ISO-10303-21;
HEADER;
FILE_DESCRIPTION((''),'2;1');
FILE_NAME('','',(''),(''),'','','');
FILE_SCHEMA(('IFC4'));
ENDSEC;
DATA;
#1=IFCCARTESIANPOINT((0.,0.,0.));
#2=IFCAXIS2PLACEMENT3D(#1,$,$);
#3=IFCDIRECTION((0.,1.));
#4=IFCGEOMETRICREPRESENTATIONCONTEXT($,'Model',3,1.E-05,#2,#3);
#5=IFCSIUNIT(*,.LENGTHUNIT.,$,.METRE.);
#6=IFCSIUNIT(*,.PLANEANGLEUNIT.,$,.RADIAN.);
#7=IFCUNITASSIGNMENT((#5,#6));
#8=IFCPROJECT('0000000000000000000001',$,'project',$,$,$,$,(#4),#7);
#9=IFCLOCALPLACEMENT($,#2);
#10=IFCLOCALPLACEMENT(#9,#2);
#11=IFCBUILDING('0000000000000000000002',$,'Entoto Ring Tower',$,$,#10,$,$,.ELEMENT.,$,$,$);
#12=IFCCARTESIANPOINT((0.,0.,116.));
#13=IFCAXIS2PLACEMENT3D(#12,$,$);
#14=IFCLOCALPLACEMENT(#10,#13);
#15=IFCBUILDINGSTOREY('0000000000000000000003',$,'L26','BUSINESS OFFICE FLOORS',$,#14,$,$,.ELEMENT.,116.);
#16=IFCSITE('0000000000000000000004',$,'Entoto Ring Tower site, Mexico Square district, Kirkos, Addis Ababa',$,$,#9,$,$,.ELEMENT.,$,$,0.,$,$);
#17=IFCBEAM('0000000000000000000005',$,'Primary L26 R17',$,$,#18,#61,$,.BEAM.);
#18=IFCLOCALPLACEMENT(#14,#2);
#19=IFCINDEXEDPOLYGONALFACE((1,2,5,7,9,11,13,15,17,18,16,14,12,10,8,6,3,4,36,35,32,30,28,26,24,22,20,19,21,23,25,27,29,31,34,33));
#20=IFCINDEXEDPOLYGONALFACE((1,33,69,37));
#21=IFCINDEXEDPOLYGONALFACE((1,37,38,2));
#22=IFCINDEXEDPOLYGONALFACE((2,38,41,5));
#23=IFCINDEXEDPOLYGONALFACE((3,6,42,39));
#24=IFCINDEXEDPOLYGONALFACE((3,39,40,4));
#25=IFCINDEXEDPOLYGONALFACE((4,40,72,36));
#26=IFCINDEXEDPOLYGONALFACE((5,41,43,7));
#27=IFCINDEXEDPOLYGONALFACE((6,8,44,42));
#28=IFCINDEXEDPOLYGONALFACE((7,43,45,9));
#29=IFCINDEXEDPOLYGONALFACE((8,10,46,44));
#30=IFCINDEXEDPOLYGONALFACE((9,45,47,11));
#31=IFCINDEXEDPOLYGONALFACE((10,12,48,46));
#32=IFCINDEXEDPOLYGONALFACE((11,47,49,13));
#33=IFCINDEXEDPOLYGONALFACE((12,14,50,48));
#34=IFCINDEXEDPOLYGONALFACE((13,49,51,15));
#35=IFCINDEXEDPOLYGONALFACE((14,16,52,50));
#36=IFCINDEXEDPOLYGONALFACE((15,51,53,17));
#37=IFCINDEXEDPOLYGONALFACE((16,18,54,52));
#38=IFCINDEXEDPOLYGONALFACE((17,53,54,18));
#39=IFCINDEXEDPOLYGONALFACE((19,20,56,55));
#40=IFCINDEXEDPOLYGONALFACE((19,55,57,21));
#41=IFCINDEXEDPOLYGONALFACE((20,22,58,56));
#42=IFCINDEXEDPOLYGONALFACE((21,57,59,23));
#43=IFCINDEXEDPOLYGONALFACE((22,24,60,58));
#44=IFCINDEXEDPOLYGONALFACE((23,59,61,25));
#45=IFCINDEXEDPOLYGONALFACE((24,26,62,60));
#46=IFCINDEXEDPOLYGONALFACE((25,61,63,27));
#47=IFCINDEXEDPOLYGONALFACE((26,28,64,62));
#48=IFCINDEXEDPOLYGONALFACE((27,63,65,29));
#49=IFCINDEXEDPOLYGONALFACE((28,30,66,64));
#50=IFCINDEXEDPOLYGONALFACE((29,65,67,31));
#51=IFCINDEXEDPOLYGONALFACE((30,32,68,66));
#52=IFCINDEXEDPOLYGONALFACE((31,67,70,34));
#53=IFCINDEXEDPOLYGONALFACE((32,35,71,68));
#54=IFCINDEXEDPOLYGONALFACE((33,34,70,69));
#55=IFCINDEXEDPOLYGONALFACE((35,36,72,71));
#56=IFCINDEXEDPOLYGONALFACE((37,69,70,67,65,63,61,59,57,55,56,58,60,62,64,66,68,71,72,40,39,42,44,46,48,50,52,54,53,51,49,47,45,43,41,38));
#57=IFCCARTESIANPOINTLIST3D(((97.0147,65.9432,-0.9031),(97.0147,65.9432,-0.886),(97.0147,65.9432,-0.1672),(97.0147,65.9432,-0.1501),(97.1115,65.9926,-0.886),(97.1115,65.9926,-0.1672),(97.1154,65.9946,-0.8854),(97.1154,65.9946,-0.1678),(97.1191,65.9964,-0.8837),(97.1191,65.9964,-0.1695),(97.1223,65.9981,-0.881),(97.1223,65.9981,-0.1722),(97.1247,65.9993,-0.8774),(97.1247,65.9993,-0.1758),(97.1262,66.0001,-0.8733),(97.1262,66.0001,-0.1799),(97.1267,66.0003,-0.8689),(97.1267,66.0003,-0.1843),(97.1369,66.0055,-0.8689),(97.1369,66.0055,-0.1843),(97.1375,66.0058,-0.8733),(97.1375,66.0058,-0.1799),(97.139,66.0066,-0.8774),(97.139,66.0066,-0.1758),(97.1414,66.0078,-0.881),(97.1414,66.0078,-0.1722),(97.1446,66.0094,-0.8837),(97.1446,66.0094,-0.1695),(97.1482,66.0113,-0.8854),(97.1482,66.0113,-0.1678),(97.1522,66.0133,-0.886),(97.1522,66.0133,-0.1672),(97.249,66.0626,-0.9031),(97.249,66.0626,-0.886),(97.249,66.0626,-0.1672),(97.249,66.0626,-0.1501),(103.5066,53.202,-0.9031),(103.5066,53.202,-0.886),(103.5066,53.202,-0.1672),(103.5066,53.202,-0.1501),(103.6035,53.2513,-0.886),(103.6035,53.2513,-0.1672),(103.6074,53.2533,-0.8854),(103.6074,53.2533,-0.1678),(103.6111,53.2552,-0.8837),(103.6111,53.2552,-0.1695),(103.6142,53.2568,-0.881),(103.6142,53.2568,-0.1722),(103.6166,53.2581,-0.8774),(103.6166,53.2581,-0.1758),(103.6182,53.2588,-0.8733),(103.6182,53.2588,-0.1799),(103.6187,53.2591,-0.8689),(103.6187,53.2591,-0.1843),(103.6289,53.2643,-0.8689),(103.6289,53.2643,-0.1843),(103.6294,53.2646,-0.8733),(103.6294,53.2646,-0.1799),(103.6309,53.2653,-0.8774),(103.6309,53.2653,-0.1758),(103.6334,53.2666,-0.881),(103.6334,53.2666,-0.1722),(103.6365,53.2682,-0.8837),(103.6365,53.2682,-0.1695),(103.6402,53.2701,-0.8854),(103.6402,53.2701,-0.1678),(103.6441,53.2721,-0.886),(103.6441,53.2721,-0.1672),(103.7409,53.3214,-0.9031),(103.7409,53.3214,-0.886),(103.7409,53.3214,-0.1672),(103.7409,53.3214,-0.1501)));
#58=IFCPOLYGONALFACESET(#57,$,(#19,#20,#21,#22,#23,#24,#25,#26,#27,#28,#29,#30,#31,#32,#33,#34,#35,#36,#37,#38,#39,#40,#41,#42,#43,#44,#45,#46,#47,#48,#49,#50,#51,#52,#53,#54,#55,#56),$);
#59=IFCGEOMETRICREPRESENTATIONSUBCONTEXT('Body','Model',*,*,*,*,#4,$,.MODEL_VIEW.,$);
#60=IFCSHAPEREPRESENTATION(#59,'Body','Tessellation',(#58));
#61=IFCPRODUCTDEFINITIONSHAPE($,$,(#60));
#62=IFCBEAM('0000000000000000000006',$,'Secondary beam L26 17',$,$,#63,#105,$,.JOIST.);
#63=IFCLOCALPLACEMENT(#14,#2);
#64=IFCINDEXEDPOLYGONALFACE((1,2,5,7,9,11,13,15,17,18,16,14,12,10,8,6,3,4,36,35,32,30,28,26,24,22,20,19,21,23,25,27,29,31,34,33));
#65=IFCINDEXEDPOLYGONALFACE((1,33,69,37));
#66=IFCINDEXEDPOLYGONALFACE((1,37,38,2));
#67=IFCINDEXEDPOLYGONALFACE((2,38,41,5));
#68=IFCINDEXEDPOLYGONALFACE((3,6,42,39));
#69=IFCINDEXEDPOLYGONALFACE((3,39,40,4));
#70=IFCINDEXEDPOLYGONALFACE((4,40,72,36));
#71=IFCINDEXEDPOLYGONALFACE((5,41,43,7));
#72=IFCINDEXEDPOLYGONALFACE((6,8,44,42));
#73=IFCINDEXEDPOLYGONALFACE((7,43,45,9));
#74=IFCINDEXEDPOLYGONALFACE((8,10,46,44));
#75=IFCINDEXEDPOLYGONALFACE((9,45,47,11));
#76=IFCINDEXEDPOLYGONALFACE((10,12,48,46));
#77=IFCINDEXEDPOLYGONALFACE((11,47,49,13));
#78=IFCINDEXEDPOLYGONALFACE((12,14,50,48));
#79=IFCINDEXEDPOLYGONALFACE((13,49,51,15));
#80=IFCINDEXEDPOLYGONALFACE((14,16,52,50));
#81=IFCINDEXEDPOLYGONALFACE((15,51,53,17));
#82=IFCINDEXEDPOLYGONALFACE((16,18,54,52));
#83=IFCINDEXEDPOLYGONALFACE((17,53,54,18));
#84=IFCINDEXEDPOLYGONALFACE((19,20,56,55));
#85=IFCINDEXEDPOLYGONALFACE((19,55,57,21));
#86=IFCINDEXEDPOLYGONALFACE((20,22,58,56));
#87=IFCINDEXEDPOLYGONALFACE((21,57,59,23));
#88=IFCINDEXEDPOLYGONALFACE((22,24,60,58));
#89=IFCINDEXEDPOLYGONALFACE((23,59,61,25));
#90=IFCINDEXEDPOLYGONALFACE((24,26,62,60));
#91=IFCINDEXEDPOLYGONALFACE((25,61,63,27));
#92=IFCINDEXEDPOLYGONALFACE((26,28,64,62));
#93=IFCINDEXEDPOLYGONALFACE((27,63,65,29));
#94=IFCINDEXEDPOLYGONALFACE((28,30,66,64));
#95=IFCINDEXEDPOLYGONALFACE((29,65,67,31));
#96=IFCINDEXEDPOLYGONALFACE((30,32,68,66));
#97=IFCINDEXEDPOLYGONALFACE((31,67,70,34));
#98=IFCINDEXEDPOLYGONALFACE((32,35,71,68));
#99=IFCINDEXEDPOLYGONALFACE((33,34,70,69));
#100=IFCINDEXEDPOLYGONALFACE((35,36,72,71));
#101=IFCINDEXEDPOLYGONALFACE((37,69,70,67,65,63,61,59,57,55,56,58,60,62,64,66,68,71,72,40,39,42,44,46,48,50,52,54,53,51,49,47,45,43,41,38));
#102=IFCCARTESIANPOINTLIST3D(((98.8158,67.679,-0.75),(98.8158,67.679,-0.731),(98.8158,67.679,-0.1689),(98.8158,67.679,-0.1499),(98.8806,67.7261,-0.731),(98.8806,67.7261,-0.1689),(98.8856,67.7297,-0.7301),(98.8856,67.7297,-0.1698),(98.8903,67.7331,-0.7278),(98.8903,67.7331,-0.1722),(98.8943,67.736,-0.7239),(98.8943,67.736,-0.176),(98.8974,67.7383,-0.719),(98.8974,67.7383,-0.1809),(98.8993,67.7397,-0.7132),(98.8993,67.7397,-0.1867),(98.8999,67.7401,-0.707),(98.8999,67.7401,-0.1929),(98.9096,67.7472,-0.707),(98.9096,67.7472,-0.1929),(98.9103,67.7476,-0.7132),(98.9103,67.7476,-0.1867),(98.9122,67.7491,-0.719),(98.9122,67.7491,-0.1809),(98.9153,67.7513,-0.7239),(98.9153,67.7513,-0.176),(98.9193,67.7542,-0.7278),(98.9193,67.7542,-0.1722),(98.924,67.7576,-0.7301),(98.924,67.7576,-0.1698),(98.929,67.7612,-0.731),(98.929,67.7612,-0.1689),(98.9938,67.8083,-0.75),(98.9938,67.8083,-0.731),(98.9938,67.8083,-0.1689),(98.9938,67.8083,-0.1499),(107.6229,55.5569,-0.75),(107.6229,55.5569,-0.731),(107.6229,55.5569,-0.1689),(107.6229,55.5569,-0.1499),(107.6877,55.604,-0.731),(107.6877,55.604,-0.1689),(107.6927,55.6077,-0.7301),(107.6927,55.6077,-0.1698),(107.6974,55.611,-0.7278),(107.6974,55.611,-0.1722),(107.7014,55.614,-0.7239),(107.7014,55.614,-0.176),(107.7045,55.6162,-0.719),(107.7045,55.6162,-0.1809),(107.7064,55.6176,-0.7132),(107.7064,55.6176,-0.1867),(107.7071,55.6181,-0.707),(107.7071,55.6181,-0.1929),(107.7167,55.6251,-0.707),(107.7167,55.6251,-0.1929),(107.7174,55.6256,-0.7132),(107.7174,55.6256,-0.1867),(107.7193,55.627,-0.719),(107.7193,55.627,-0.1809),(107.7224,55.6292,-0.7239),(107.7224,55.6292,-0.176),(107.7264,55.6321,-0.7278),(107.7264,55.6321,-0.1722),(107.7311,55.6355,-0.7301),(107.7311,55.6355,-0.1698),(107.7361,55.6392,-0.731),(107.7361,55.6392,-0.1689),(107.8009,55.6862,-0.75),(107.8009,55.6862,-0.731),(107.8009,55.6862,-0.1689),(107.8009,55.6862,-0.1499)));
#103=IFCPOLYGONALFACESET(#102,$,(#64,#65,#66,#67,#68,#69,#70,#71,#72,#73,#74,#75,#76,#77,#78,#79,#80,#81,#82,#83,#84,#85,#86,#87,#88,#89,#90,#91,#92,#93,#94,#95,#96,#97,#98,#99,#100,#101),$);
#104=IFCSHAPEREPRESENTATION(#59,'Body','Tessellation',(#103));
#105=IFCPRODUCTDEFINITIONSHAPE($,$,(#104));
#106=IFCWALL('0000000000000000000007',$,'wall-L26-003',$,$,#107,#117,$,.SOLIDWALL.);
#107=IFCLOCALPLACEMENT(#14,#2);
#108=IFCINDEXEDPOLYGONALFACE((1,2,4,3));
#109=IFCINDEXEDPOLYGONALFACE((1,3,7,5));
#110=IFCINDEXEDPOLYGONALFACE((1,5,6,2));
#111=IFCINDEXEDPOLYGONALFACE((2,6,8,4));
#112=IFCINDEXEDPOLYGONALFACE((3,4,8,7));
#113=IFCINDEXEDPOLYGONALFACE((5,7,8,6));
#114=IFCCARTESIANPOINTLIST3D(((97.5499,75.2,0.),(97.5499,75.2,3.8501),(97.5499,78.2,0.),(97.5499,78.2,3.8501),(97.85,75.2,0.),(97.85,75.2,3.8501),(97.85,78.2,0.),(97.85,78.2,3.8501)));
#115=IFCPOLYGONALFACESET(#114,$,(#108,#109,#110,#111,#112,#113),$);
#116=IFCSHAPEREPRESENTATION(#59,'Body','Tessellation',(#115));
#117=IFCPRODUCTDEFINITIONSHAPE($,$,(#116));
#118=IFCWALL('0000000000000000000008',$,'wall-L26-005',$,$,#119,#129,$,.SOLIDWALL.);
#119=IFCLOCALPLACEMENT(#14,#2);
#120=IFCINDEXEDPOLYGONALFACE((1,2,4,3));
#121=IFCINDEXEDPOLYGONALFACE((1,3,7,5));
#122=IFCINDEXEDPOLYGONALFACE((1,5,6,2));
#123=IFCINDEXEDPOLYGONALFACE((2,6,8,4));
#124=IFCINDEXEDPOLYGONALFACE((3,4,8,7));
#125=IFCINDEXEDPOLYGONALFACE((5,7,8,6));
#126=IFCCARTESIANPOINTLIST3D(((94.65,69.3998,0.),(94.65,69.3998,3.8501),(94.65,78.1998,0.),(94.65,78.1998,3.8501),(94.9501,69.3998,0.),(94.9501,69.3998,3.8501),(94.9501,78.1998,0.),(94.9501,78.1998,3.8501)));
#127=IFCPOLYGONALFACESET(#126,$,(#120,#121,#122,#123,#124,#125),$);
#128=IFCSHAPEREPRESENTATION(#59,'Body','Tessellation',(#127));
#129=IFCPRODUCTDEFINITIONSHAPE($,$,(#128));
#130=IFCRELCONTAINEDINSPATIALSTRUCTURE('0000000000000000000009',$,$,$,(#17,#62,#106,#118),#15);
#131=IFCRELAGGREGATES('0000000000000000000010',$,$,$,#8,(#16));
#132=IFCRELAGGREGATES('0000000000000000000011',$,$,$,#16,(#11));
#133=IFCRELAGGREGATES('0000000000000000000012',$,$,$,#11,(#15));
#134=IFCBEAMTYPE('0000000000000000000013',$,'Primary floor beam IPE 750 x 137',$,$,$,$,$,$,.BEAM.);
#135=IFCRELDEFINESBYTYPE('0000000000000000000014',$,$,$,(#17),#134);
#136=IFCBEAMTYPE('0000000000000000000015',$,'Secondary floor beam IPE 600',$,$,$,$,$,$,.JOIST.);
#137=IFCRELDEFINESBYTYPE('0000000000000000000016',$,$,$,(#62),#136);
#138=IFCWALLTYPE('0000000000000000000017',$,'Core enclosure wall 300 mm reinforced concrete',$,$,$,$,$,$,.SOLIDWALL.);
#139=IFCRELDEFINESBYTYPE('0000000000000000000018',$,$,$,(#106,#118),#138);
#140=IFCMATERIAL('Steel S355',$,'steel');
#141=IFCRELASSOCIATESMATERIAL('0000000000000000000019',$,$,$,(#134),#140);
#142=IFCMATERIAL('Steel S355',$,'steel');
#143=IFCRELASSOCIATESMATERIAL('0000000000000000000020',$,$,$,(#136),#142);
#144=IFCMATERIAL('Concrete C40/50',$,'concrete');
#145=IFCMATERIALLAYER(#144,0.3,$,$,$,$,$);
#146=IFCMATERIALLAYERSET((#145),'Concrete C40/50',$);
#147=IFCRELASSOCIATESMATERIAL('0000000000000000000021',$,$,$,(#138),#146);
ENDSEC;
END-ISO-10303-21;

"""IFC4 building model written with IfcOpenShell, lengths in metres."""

from ifc_helpers import new_model, si_unit, direction, frame, frame_2d, origin, origin_2d, place, context, subcontext, project, spatial, rectangle, i_section, extrude, material, layer, layer_set, material_profile, profile_set, type_object, element, save


model = new_model("IFC4")

# Units and contexts
model_context = context("Model", 3, precision=1e-05, world=origin(), true_north=direction((0.0, 1.0)))
body_context = subcontext(model_context, "Body", "Model", "MODEL_VIEW")
ifc_project = project(units=[si_unit("LENGTHUNIT", "METRE"), si_unit("PLANEANGLEUNIT", "RADIAN")], contexts=[model_context])

# Site, building, storey
site_placement = place(None, origin())
site = spatial("IfcSite", under=ifc_project, at=site_placement, Name="Entoto Ring Tower site, Mexico Square district, Kirkos, Addis Ababa", CompositionType="ELEMENT", RefElevation=0.0)
building_placement = place(site_placement, origin())
building = spatial("IfcBuilding", under=site, at=building_placement, Name="Entoto Ring Tower", CompositionType="ELEMENT")
storey_placement = place(building_placement, frame((0.0, 0.0, 116.0)))
storey = spatial("IfcBuildingStorey", under=building, at=storey_placement, Name="L26", Description="BUSINESS OFFICE FLOORS", CompositionType="ELEMENT", Elevation=116.0)

# Beams
ifc_material_1 = material(Name="Steel S355", Category="steel")
ifc_material_profile_1 = material_profile(ifc_material_1, i_section(OverallWidth=0.2629, OverallDepth=0.7529, WebThickness=0.0115, FlangeThickness=0.0171, FilletRadius=0.0171, at=origin_2d()), Name="IPE 750 x 137")
ifc_profile_set_1 = profile_set([ifc_material_profile_1], Name="Steel S355")
beam_type_1 = type_object("IfcBeamType", Name="Primary floor beam IPE 750 x 137", PredefinedType="BEAM", material=ifc_profile_set_1)
beam_1_placement = place(storey_placement, frame((97.1318, 66.0029, -0.5266), z_axis=(0.453989, -0.891007, 0.0), x_axis=(0.891007, 0.453989, 0.0)))
element("IfcBeam", 1, at=beam_1_placement, inside=storey, type_object=beam_type_1, Name="Primary L26 R17", PredefinedType="BEAM", context=body_context, shape_type="SweptSolid", body=[
    extrude(i_section(OverallWidth=0.2629, OverallDepth=0.7529, WebThickness=0.0115, FlangeThickness=0.0171, FilletRadius=0.0171, at=origin_2d()), origin(), (0.0, 0.0, 1.0), 14.2998),
])
ifc_material_2 = material(Name="Steel S355", Category="steel")
ifc_material_profile_2 = material_profile(ifc_material_2, i_section(OverallWidth=0.22, OverallDepth=0.6001, WebThickness=0.012, FlangeThickness=0.019, FilletRadius=0.0239, at=origin_2d()), Name="IPE 600")
ifc_profile_set_2 = profile_set([ifc_material_profile_2], Name="Steel S355")
beam_type_2 = type_object("IfcBeamType", Name="Secondary floor beam IPE 600", PredefinedType="JOIST", material=ifc_profile_set_2)
beam_2_placement = place(storey_placement, frame((98.9048, 67.7437, -0.45), z_axis=(0.587782, -0.809019, 0.0), x_axis=(0.809019, 0.587782, 0.0)))
element("IfcBeam", 2, at=beam_2_placement, inside=storey, type_object=beam_type_2, Name="Secondary beam L26 17", PredefinedType="JOIST", context=body_context, shape_type="SweptSolid", body=[
    extrude(i_section(OverallWidth=0.22, OverallDepth=0.6001, WebThickness=0.012, FlangeThickness=0.019, FilletRadius=0.0239, at=origin_2d()), origin(), (0.0, 0.0, 1.0), 14.9836),
])

# Walls
ifc_material_3 = material(Name="Concrete C40/50", Category="concrete")
ifc_layer_1 = layer(ifc_material_3, 0.3)
ifc_layer_set_1 = layer_set([ifc_layer_1], Name="Concrete C40/50")
wall_type = type_object("IfcWallType", Name="Core enclosure wall 300 mm reinforced concrete", PredefinedType="SOLIDWALL", material=ifc_layer_set_1)
wall_1_placement = place(storey_placement, frame((97.7, 75.2, 0.0), z_axis=(0.0, 0.0, 1.0), x_axis=(0.0, 1.0, 0.0)))
element("IfcWall", 3, at=wall_1_placement, inside=storey, type_object=wall_type, Name="wall-L26-003", PredefinedType="SOLIDWALL", context=body_context, shape_type="SweptSolid", body=[
    extrude(rectangle(XDim=3.0, YDim=0.3, at=frame_2d((1.5, 0.0))), origin(), (0.0, 0.0, 1.0), 3.8501),
])
wall_2_placement = place(storey_placement, frame((94.8, 69.3999, 0.0), z_axis=(0.0, 0.0, 1.0), x_axis=(0.0, 1.0, 0.0)))
element("IfcWall", 4, at=wall_2_placement, inside=storey, type_object=wall_type, Name="wall-L26-005", PredefinedType="SOLIDWALL", context=body_context, shape_type="SweptSolid", body=[
    extrude(rectangle(XDim=8.8, YDim=0.3, at=frame_2d((4.3999, 0.0))), origin(), (0.0, 0.0, 1.0), 3.8501),
])

save(model, "model.ifc")
